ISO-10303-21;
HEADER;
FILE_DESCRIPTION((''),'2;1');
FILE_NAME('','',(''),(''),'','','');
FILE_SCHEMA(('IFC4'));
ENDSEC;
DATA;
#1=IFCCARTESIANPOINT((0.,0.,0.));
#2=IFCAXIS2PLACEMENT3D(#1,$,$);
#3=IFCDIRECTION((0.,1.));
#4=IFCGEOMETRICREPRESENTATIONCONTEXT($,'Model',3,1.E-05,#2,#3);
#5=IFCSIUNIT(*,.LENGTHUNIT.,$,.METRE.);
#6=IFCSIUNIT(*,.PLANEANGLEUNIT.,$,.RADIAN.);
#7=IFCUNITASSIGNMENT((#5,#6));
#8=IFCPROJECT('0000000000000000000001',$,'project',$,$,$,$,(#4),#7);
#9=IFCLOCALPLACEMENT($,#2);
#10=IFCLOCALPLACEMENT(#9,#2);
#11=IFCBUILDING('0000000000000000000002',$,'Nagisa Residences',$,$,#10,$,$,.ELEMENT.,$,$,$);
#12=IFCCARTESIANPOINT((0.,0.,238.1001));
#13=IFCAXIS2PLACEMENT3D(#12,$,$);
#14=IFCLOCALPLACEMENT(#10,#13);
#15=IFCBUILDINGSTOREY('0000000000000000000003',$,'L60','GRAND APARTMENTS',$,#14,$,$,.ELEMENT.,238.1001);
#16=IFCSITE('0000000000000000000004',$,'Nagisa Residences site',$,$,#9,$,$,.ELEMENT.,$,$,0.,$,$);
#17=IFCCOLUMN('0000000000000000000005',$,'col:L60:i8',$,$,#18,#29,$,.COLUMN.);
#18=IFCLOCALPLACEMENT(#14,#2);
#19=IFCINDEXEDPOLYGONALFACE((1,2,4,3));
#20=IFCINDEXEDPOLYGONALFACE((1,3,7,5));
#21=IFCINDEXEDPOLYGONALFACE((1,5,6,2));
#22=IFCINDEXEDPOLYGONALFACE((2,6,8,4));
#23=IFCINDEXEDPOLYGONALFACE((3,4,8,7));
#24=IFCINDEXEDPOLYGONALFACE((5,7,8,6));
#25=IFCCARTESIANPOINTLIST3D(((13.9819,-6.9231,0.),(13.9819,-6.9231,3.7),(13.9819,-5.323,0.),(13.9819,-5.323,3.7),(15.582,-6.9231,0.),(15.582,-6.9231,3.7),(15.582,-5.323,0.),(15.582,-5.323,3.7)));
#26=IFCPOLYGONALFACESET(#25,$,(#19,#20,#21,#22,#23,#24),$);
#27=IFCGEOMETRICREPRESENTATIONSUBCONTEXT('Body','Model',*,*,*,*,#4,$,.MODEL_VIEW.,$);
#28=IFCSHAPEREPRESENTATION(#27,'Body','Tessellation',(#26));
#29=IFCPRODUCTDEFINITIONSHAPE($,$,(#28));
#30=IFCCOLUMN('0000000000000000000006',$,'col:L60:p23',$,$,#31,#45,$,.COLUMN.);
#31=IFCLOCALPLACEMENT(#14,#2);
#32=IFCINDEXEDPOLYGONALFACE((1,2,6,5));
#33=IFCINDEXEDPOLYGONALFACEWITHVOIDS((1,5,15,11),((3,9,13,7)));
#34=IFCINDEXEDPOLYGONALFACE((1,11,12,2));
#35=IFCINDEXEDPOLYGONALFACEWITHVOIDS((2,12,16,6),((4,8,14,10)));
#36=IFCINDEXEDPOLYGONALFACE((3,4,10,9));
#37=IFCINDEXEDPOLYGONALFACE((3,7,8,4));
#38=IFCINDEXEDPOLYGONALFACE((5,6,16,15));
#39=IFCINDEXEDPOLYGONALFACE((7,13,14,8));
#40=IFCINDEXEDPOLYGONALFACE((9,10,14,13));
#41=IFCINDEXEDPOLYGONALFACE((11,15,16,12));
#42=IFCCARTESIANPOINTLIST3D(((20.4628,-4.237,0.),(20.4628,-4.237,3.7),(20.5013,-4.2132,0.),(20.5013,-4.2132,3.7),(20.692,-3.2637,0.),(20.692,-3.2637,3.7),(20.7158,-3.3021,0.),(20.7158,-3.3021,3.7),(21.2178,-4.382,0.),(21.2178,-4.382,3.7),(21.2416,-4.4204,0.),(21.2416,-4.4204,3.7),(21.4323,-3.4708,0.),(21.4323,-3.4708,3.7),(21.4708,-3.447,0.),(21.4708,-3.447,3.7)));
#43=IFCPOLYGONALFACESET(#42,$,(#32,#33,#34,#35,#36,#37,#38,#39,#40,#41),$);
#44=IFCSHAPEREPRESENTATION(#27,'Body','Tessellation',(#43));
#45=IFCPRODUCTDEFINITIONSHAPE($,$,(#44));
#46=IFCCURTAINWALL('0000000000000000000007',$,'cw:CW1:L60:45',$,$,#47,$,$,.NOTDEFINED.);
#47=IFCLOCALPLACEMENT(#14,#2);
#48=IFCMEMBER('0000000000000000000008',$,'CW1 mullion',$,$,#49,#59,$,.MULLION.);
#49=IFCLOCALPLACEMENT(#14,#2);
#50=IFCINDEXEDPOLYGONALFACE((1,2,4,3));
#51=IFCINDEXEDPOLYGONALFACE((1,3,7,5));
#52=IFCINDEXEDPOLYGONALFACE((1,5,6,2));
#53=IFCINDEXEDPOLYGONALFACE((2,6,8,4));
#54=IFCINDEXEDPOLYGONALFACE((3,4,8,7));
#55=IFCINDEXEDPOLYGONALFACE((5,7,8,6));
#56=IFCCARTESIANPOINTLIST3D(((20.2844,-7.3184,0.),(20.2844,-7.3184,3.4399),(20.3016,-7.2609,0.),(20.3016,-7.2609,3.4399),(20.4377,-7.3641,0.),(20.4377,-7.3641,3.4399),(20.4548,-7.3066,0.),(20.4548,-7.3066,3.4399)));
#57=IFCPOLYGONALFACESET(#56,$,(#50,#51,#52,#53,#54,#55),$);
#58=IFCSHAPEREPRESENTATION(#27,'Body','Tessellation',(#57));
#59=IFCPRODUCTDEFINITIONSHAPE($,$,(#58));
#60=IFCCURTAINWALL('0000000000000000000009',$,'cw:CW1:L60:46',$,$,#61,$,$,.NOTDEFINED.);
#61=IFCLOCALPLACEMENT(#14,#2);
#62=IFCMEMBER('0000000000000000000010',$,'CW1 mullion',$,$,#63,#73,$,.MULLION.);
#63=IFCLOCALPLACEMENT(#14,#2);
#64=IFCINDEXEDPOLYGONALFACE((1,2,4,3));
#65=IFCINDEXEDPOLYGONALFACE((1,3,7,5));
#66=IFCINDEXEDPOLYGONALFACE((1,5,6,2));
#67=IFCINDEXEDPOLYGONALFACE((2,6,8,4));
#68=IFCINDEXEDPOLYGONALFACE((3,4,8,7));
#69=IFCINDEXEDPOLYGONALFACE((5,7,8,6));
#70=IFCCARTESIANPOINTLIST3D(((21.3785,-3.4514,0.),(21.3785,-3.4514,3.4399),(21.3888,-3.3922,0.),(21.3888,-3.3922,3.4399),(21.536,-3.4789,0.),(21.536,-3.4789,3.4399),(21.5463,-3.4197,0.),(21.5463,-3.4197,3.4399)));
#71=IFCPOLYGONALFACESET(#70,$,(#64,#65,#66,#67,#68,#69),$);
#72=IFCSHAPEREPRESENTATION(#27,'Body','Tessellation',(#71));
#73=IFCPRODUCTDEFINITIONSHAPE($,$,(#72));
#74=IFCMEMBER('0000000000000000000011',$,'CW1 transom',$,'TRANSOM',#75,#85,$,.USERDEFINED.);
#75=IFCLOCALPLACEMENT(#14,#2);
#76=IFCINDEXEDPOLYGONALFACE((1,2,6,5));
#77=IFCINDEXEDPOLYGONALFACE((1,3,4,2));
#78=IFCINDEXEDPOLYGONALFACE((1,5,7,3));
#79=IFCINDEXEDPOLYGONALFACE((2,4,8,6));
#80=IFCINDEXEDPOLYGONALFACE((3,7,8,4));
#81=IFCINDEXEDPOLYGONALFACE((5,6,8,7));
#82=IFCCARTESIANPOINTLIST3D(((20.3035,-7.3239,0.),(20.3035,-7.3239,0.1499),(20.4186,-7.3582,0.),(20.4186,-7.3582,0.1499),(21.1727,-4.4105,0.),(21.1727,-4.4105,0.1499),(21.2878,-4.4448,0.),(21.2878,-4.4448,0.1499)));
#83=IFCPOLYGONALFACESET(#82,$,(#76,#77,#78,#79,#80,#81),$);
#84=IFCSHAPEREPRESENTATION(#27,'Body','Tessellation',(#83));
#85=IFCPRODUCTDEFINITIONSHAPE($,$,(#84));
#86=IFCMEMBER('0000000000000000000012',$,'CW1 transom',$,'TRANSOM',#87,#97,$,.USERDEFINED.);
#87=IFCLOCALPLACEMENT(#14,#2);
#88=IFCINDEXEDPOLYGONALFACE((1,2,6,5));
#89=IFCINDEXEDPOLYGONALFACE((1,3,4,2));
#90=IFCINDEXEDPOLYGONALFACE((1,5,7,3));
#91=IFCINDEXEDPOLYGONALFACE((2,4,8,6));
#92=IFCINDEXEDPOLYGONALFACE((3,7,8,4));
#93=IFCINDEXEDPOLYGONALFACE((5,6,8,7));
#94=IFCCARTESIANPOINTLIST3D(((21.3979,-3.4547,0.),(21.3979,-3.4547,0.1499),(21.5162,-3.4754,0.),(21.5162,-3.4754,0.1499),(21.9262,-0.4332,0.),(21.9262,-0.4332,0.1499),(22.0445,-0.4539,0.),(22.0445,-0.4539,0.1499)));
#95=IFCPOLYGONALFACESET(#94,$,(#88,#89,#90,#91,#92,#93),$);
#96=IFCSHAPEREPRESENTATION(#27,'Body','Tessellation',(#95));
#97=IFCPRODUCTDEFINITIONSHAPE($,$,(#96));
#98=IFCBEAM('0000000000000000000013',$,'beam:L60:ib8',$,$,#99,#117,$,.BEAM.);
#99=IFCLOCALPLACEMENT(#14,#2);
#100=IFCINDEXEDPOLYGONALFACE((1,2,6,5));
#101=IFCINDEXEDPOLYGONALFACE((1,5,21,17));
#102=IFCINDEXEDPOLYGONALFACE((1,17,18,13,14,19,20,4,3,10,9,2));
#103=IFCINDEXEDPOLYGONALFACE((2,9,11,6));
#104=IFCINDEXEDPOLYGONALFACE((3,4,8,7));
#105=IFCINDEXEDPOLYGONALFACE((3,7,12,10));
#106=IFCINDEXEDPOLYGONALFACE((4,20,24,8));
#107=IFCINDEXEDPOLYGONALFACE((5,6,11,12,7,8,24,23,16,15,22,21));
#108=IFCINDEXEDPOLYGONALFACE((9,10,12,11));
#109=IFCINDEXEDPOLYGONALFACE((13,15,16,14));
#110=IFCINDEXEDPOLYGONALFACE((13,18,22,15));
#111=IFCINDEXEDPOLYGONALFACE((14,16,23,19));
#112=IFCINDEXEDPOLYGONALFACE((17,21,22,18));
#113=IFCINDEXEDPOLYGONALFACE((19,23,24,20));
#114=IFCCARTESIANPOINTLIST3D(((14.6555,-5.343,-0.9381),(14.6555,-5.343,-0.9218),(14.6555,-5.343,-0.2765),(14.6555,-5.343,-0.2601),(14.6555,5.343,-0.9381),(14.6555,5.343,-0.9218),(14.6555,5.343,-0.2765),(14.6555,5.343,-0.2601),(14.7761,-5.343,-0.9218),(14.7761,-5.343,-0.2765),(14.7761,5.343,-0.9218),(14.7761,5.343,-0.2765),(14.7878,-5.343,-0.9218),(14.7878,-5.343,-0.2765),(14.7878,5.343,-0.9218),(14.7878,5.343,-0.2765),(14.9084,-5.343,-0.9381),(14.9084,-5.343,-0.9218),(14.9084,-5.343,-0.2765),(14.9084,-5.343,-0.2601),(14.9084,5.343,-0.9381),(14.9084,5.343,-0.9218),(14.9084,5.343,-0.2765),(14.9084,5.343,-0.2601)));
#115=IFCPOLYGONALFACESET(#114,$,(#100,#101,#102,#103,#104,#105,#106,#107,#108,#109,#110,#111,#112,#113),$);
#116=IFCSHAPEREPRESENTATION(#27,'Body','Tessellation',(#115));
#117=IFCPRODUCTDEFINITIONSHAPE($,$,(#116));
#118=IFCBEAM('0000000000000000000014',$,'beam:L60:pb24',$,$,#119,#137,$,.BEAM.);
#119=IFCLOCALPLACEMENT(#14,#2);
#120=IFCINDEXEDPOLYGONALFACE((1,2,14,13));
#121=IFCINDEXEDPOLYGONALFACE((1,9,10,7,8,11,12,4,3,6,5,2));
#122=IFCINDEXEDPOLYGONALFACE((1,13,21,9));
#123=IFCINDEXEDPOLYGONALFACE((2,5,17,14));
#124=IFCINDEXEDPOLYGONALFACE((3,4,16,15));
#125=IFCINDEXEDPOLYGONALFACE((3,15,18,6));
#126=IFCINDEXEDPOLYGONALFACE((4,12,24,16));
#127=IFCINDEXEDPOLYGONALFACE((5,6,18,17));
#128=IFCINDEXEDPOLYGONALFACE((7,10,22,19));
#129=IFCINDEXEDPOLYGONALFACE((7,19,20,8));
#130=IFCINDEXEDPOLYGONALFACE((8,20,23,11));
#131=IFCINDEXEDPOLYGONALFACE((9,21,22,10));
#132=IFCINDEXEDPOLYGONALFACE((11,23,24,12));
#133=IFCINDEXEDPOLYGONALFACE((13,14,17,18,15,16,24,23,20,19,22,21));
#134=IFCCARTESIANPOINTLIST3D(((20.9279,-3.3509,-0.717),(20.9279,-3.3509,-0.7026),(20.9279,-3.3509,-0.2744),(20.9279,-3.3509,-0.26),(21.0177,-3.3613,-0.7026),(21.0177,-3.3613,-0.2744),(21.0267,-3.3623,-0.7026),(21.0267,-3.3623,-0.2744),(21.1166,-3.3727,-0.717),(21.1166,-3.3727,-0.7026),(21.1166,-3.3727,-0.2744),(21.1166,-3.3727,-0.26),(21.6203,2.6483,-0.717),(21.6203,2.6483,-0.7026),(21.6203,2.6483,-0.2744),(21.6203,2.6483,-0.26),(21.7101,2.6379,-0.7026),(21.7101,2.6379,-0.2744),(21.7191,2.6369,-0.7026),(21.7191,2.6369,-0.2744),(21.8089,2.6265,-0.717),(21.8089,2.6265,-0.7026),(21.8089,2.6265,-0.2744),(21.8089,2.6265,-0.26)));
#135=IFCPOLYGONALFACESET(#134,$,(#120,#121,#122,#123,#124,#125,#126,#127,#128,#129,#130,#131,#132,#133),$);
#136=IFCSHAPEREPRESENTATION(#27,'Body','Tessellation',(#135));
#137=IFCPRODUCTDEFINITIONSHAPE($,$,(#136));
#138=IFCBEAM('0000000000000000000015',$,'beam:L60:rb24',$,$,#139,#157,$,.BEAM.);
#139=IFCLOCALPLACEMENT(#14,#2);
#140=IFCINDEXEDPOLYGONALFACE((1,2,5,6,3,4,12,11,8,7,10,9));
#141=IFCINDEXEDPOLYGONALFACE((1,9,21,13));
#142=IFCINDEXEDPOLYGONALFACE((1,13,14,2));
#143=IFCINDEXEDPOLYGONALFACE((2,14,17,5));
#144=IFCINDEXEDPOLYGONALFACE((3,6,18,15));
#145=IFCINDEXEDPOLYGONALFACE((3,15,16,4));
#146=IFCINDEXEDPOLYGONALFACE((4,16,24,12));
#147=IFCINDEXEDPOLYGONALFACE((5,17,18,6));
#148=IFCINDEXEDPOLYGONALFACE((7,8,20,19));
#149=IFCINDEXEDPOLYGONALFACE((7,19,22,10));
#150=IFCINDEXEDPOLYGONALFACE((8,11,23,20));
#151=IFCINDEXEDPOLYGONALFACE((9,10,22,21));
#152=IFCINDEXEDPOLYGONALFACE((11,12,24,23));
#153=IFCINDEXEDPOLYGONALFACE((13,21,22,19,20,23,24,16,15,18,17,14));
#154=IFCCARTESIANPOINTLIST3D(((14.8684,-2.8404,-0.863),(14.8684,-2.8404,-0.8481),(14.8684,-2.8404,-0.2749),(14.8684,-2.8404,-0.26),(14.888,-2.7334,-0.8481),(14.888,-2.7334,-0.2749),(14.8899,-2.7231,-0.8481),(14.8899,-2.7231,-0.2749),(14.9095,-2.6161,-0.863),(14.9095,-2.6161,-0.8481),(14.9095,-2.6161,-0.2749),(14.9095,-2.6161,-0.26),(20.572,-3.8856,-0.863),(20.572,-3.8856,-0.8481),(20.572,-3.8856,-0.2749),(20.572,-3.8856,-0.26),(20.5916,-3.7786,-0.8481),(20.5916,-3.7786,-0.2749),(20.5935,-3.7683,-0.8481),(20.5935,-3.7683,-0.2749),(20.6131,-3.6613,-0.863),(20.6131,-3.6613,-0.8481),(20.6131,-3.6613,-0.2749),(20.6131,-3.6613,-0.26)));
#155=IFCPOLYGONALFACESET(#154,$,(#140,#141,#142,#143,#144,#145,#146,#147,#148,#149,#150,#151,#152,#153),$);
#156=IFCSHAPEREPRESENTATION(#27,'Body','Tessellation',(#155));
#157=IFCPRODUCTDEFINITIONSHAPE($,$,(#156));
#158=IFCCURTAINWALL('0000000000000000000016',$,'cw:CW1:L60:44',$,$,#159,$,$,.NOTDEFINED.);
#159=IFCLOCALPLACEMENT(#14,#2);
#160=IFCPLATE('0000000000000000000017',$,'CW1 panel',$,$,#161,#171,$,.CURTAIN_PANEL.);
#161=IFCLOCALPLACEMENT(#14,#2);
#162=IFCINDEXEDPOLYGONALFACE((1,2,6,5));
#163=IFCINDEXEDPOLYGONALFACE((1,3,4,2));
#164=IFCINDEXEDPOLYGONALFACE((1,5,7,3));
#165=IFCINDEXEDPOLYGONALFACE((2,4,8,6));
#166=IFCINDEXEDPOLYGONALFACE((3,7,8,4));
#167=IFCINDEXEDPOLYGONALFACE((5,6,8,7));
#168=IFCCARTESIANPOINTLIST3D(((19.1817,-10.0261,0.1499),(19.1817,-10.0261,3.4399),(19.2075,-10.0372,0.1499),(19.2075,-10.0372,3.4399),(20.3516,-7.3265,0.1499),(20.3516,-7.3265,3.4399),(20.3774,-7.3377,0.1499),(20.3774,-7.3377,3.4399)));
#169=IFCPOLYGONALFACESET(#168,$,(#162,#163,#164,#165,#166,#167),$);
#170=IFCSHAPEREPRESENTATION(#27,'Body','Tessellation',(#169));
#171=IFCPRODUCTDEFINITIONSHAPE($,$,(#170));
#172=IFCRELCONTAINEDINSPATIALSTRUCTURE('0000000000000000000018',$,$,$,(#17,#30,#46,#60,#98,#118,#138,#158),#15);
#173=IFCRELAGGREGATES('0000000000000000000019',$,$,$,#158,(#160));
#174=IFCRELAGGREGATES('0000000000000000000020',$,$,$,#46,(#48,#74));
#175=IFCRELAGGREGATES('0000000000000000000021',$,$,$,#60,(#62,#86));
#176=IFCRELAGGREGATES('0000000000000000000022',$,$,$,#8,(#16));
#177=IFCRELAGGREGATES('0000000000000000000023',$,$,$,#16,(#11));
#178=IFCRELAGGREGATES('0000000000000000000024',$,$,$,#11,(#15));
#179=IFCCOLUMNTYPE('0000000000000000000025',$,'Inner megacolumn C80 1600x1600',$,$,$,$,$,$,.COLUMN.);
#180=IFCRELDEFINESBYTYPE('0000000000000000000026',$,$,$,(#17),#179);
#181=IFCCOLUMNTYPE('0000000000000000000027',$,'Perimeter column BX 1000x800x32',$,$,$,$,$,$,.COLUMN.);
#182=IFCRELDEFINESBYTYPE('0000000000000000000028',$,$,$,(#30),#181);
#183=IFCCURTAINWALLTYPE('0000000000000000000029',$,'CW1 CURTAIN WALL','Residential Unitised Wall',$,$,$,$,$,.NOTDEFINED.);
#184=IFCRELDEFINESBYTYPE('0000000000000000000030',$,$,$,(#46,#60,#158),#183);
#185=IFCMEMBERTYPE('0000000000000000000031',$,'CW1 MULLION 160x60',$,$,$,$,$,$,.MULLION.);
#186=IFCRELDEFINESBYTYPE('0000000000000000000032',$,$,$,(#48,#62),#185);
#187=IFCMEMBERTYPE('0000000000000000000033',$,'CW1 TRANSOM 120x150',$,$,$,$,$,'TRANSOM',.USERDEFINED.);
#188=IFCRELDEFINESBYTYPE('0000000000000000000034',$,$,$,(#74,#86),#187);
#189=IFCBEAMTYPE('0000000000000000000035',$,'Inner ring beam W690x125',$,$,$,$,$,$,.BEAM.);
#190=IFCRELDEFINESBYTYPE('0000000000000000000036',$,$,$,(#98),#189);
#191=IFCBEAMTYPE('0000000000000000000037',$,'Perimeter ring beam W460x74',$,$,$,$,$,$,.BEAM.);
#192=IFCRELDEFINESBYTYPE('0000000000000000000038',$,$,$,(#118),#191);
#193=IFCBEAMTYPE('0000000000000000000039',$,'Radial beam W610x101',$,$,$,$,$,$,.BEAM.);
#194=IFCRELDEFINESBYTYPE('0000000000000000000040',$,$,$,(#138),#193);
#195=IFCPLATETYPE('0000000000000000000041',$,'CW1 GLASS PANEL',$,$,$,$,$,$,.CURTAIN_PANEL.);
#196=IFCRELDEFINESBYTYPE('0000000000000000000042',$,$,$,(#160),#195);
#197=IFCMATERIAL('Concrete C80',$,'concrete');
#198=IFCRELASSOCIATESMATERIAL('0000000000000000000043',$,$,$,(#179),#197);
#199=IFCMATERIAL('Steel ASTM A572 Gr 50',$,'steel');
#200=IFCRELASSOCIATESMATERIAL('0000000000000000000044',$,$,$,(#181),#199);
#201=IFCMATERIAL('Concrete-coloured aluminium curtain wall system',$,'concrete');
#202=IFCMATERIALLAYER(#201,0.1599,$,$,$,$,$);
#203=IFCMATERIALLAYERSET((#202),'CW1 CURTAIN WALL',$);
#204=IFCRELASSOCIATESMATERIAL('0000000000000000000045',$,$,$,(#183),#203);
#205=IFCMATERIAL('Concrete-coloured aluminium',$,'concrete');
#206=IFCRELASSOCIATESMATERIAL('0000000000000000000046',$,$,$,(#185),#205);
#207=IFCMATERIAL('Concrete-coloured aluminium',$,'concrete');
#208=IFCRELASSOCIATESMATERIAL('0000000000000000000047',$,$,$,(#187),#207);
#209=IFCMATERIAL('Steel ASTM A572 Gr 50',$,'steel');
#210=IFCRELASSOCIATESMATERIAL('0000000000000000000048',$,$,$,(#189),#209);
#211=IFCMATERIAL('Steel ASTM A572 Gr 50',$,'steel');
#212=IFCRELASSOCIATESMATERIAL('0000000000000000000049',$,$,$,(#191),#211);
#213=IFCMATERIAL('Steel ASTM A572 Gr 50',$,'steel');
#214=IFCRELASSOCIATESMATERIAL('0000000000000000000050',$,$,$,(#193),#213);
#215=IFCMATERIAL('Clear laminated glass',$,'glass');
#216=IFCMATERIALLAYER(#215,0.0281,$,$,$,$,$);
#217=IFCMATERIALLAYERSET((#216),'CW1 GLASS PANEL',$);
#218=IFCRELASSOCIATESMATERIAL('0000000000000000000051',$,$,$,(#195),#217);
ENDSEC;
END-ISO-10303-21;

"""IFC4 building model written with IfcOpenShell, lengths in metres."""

from ifc_helpers import new_model, si_unit, direction, frame, origin, origin_2d, place, context, subcontext, project, spatial, rectangle, hollow_rectangle, i_section, extrude, material, layer, layer_set, material_profile, profile_set, type_object, element, aggregate, save


model = new_model("IFC4")

# Units and contexts
model_context = context("Model", 3, precision=1e-05, world=origin(), true_north=direction((0.0, 1.0)))
body_context = subcontext(model_context, "Body", "Model", "MODEL_VIEW")
ifc_project = project(units=[si_unit("LENGTHUNIT", "METRE"), si_unit("PLANEANGLEUNIT", "RADIAN")], contexts=[model_context])

# Site, building, storey
site_placement = place(None, origin())
site = spatial("IfcSite", under=ifc_project, at=site_placement, Name="Nagisa Residences site", CompositionType="ELEMENT", RefElevation=0.0)
building_placement = place(site_placement, origin())
building = spatial("IfcBuilding", under=site, at=building_placement, Name="Nagisa Residences", CompositionType="ELEMENT")
storey_placement = place(building_placement, frame((0.0, 0.0, 238.1001)))
storey = spatial("IfcBuildingStorey", under=building, at=storey_placement, Name="L60", Description="GRAND APARTMENTS", CompositionType="ELEMENT", Elevation=238.1001)

# Columns
ifc_material_1 = material(Name="Concrete C80", Category="concrete")
ifc_material_profile_1 = material_profile(ifc_material_1, rectangle(XDim=1.6001, YDim=1.6001, at=origin_2d()), Name="C80 1600x1600")
ifc_profile_set_1 = profile_set([ifc_material_profile_1], Name="Concrete C80")
column_type_1 = type_object("IfcColumnType", Name="Inner megacolumn C80 1600x1600", PredefinedType="COLUMN", material=ifc_profile_set_1)
column_1_placement = place(storey_placement, frame((14.782, -6.123, 0.0), z_axis=(0.0, 0.0, 1.0), x_axis=(1.0, 0.0, 0.0)))
element("IfcColumn", 1, at=column_1_placement, inside=storey, type_object=column_type_1, Name="col:L60:i8", PredefinedType="COLUMN", context=body_context, shape_type="SweptSolid", body=[
    extrude(rectangle(XDim=1.6001, YDim=1.6001, at=origin_2d()), origin(), (0.0, 0.0, 1.0), 3.7),
])
ifc_material_2 = material(Name="Steel ASTM A572 Gr 50", Category="steel")
ifc_material_profile_2 = material_profile(ifc_material_2, hollow_rectangle(XDim=1.0, YDim=0.8, WallThickness=0.032, at=origin_2d()), Name="BX 1000x800x32")
ifc_profile_set_2 = profile_set([ifc_material_profile_2], Name="Steel ASTM A572 Gr 50")
column_type_2 = type_object("IfcColumnType", Name="Perimeter column BX 1000x800x32", PredefinedType="COLUMN", material=ifc_profile_set_2)
column_2_placement = place(storey_placement, frame((20.9668, -3.842, 0.0), z_axis=(0.0, 0.0, 1.0), x_axis=(0.229202, 0.973379, 0.0)))
element("IfcColumn", 2, at=column_2_placement, inside=storey, type_object=column_type_2, Name="col:L60:p23", PredefinedType="COLUMN", context=body_context, shape_type="SweptSolid", body=[
    extrude(hollow_rectangle(XDim=1.0, YDim=0.8, WallThickness=0.032, at=origin_2d()), origin(), (0.0, 0.0, 1.0), 3.7),
])

# Curtain walls, members
ifc_material_3 = material(Name="Concrete-coloured aluminium curtain wall system", Category="concrete")
ifc_layer_1 = layer(ifc_material_3, 0.1599)
ifc_layer_set_1 = layer_set([ifc_layer_1], Name="CW1 CURTAIN WALL")
curtain_wall_type = type_object("IfcCurtainWallType", Name="CW1 CURTAIN WALL", Description="Residential Unitised Wall", PredefinedType="NOTDEFINED", material=ifc_layer_set_1)
curtain_wall_1_placement = place(storey_placement, origin())
curtain_wall_1 = element("IfcCurtainWall", 3, at=curtain_wall_1_placement, inside=storey, type_object=curtain_wall_type, Name="cw:CW1:L60:45", PredefinedType="NOTDEFINED")
ifc_material_4 = material(Name="Concrete-coloured aluminium", Category="concrete")
ifc_material_profile_3 = material_profile(ifc_material_4, rectangle(XDim=0.1599, YDim=0.0601, at=origin_2d()), Name="CW1 MULLION 160x60")
ifc_profile_set_3 = profile_set([ifc_material_profile_3], Name="Concrete-coloured aluminium")
member_type_1 = type_object("IfcMemberType", Name="CW1 MULLION 160x60", PredefinedType="MULLION", material=ifc_profile_set_3)
member_1_placement = place(storey_placement, frame((20.3696, -7.3125, 0.0), z_axis=(0.0, 0.0, 1.0), x_axis=(-0.958271, 0.28586, 0.0)))
member_1 = element("IfcMember", 4, at=member_1_placement, type_object=member_type_1, Name="CW1 mullion", PredefinedType="MULLION", context=body_context, shape_type="SweptSolid", body=[
    extrude(rectangle(XDim=0.1599, YDim=0.0601, at=origin_2d()), origin(), (0.0, 0.0, 1.0), 3.4399),
])
curtain_wall_2_placement = place(storey_placement, origin())
curtain_wall_2 = element("IfcCurtainWall", 5, at=curtain_wall_2_placement, inside=storey, type_object=curtain_wall_type, Name="cw:CW1:L60:46", PredefinedType="NOTDEFINED")
member_2_placement = place(storey_placement, frame((21.4624, -3.4355, 0.0), z_axis=(0.0, 0.0, 1.0), x_axis=(-0.985064, 0.172191, 0.0)))
member_2 = element("IfcMember", 6, at=member_2_placement, type_object=member_type_1, Name="CW1 mullion", PredefinedType="MULLION", context=body_context, shape_type="SweptSolid", body=[
    extrude(rectangle(XDim=0.1599, YDim=0.0601, at=origin_2d()), origin(), (0.0, 0.0, 1.0), 3.4399),
])

# Members
ifc_material_5 = material(Name="Concrete-coloured aluminium", Category="concrete")
ifc_material_profile_4 = material_profile(ifc_material_5, rectangle(XDim=0.1201, YDim=0.1499, at=origin_2d()), Name="CW1 TRANSOM 120x150")
ifc_profile_set_4 = profile_set([ifc_material_profile_4], Name="Concrete-coloured aluminium")
member_type_2 = type_object("IfcMemberType", Name="CW1 TRANSOM 120x150", ElementType="TRANSOM", PredefinedType="USERDEFINED", material=ifc_profile_set_4)
member_3_placement = place(storey_placement, frame((20.3611, -7.3411, 0.075), z_axis=(0.285881, 0.958265, 0.0), x_axis=(-0.958265, 0.285881, 0.0)))
member_3 = element("IfcMember", 7, at=member_3_placement, type_object=member_type_2, Name="CW1 transom", ObjectType="TRANSOM", PredefinedType="USERDEFINED", context=body_context, shape_type="SweptSolid", body=[
    extrude(rectangle(XDim=0.1201, YDim=0.1499, at=origin_2d()), origin(), (0.0, 0.0, 1.0), 3.0403),
])
member_4_placement = place(storey_placement, frame((21.457, -3.4651, 0.075), z_axis=(0.172241, 0.985055, 0.0), x_axis=(-0.985055, 0.172241, 0.0)))
member_4 = element("IfcMember", 8, at=member_4_placement, type_object=member_type_2, Name="CW1 transom", ObjectType="TRANSOM", PredefinedType="USERDEFINED", context=body_context, shape_type="SweptSolid", body=[
    extrude(rectangle(XDim=0.1201, YDim=0.1499, at=origin_2d()), origin(), (0.0, 0.0, 1.0), 3.0674),
])

# Beams
ifc_material_6 = material(Name="Steel ASTM A572 Gr 50", Category="steel")
ifc_material_profile_5 = material_profile(ifc_material_6, i_section(OverallWidth=0.2529, OverallDepth=0.678, WebThickness=0.0117, FlangeThickness=0.0164, at=origin_2d()), Name="W690x125")
ifc_profile_set_5 = profile_set([ifc_material_profile_5], Name="Steel ASTM A572 Gr 50")
beam_type_1 = type_object("IfcBeamType", Name="Inner ring beam W690x125", PredefinedType="BEAM", material=ifc_profile_set_5)
beam_1_placement = place(storey_placement, frame((14.782, -5.343, -0.5991), z_axis=(0.0, 1.0, 0.0), x_axis=(-1.0, 0.0, 0.0)))
element("IfcBeam", 9, at=beam_1_placement, inside=storey, type_object=beam_type_1, Name="beam:L60:ib8", PredefinedType="BEAM", context=body_context, shape_type="SweptSolid", body=[
    extrude(i_section(OverallWidth=0.2529, OverallDepth=0.678, WebThickness=0.0117, FlangeThickness=0.0164, at=origin_2d()), origin(), (0.0, 0.0, 1.0), 10.686),
])
ifc_material_7 = material(Name="Steel ASTM A572 Gr 50", Category="steel")
ifc_material_profile_6 = material_profile(ifc_material_7, i_section(OverallWidth=0.1899, OverallDepth=0.457, WebThickness=0.009, FlangeThickness=0.0144, at=origin_2d()), Name="W460x74")
ifc_profile_set_6 = profile_set([ifc_material_profile_6], Name="Steel ASTM A572 Gr 50")
beam_type_2 = type_object("IfcBeamType", Name="Perimeter ring beam W460x74", PredefinedType="BEAM", material=ifc_profile_set_6)
beam_2_placement = place(storey_placement, frame((21.0222, -3.3618, -0.4885), z_axis=(0.11465, 0.993406, 0.0), x_axis=(-0.993406, 0.11465, 0.0)))
element("IfcBeam", 10, at=beam_2_placement, inside=storey, type_object=beam_type_2, Name="beam:L60:pb24", PredefinedType="BEAM", context=body_context, shape_type="SweptSolid", body=[
    extrude(i_section(OverallWidth=0.1899, OverallDepth=0.457, WebThickness=0.009, FlangeThickness=0.0144, at=origin_2d()), origin(), (0.0, 0.0, 1.0), 6.0391),
])
ifc_material_8 = material(Name="Steel ASTM A572 Gr 50", Category="steel")
ifc_material_profile_7 = material_profile(ifc_material_8, i_section(OverallWidth=0.228, OverallDepth=0.603, WebThickness=0.0105, FlangeThickness=0.0149, at=origin_2d()), Name="W610x101")
ifc_profile_set_7 = profile_set([ifc_material_profile_7], Name="Steel ASTM A572 Gr 50")
beam_type_3 = type_object("IfcBeamType", Name="Radial beam W610x101", PredefinedType="BEAM", material=ifc_profile_set_7)
beam_3_placement = place(storey_placement, frame((20.5925, -3.7734, -0.5615), z_axis=(-0.983622, 0.180245, 0.0), x_axis=(-0.180245, -0.983622, 0.0)))
element("IfcBeam", 11, at=beam_3_placement, inside=storey, type_object=beam_type_3, Name="beam:L60:rb24", PredefinedType="BEAM", context=body_context, shape_type="SweptSolid", body=[
    extrude(i_section(OverallWidth=0.228, OverallDepth=0.603, WebThickness=0.0105, FlangeThickness=0.0149, at=origin_2d()), origin(), (0.0, 0.0, 1.0), 5.7986),
])

# Curtain wall, plate
curtain_wall_3_placement = place(storey_placement, origin())
curtain_wall_3 = element("IfcCurtainWall", 12, at=curtain_wall_3_placement, inside=storey, type_object=curtain_wall_type, Name="cw:CW1:L60:44", PredefinedType="NOTDEFINED")
ifc_material_9 = material(Name="Clear laminated glass", Category="glass")
ifc_layer_2 = layer(ifc_material_9, 0.0281)
ifc_layer_set_2 = layer_set([ifc_layer_2], Name="CW1 GLASS PANEL")
plate_type = type_object("IfcPlateType", Name="CW1 GLASS PANEL", PredefinedType="CURTAIN_PANEL", material=ifc_layer_set_2)
plate_1_placement = place(storey_placement, frame((19.7795, -8.6819, 0.1499), z_axis=(0.0, 0.0, 1.0), x_axis=(0.397636, 0.917543, 0.0)))
plate_1 = element("IfcPlate", 13, at=plate_1_placement, type_object=plate_type, Name="CW1 panel", PredefinedType="CURTAIN_PANEL", context=body_context, shape_type="SweptSolid", body=[
    extrude(rectangle(XDim=2.9421, YDim=0.0281, at=origin_2d()), origin(), (0.0, 0.0, 1.0), 3.29),
])
aggregate(curtain_wall_3, [plate_1])

aggregate(curtain_wall_1, [member_1, member_3])
aggregate(curtain_wall_2, [member_2, member_4])

save(model, "model.ifc")
